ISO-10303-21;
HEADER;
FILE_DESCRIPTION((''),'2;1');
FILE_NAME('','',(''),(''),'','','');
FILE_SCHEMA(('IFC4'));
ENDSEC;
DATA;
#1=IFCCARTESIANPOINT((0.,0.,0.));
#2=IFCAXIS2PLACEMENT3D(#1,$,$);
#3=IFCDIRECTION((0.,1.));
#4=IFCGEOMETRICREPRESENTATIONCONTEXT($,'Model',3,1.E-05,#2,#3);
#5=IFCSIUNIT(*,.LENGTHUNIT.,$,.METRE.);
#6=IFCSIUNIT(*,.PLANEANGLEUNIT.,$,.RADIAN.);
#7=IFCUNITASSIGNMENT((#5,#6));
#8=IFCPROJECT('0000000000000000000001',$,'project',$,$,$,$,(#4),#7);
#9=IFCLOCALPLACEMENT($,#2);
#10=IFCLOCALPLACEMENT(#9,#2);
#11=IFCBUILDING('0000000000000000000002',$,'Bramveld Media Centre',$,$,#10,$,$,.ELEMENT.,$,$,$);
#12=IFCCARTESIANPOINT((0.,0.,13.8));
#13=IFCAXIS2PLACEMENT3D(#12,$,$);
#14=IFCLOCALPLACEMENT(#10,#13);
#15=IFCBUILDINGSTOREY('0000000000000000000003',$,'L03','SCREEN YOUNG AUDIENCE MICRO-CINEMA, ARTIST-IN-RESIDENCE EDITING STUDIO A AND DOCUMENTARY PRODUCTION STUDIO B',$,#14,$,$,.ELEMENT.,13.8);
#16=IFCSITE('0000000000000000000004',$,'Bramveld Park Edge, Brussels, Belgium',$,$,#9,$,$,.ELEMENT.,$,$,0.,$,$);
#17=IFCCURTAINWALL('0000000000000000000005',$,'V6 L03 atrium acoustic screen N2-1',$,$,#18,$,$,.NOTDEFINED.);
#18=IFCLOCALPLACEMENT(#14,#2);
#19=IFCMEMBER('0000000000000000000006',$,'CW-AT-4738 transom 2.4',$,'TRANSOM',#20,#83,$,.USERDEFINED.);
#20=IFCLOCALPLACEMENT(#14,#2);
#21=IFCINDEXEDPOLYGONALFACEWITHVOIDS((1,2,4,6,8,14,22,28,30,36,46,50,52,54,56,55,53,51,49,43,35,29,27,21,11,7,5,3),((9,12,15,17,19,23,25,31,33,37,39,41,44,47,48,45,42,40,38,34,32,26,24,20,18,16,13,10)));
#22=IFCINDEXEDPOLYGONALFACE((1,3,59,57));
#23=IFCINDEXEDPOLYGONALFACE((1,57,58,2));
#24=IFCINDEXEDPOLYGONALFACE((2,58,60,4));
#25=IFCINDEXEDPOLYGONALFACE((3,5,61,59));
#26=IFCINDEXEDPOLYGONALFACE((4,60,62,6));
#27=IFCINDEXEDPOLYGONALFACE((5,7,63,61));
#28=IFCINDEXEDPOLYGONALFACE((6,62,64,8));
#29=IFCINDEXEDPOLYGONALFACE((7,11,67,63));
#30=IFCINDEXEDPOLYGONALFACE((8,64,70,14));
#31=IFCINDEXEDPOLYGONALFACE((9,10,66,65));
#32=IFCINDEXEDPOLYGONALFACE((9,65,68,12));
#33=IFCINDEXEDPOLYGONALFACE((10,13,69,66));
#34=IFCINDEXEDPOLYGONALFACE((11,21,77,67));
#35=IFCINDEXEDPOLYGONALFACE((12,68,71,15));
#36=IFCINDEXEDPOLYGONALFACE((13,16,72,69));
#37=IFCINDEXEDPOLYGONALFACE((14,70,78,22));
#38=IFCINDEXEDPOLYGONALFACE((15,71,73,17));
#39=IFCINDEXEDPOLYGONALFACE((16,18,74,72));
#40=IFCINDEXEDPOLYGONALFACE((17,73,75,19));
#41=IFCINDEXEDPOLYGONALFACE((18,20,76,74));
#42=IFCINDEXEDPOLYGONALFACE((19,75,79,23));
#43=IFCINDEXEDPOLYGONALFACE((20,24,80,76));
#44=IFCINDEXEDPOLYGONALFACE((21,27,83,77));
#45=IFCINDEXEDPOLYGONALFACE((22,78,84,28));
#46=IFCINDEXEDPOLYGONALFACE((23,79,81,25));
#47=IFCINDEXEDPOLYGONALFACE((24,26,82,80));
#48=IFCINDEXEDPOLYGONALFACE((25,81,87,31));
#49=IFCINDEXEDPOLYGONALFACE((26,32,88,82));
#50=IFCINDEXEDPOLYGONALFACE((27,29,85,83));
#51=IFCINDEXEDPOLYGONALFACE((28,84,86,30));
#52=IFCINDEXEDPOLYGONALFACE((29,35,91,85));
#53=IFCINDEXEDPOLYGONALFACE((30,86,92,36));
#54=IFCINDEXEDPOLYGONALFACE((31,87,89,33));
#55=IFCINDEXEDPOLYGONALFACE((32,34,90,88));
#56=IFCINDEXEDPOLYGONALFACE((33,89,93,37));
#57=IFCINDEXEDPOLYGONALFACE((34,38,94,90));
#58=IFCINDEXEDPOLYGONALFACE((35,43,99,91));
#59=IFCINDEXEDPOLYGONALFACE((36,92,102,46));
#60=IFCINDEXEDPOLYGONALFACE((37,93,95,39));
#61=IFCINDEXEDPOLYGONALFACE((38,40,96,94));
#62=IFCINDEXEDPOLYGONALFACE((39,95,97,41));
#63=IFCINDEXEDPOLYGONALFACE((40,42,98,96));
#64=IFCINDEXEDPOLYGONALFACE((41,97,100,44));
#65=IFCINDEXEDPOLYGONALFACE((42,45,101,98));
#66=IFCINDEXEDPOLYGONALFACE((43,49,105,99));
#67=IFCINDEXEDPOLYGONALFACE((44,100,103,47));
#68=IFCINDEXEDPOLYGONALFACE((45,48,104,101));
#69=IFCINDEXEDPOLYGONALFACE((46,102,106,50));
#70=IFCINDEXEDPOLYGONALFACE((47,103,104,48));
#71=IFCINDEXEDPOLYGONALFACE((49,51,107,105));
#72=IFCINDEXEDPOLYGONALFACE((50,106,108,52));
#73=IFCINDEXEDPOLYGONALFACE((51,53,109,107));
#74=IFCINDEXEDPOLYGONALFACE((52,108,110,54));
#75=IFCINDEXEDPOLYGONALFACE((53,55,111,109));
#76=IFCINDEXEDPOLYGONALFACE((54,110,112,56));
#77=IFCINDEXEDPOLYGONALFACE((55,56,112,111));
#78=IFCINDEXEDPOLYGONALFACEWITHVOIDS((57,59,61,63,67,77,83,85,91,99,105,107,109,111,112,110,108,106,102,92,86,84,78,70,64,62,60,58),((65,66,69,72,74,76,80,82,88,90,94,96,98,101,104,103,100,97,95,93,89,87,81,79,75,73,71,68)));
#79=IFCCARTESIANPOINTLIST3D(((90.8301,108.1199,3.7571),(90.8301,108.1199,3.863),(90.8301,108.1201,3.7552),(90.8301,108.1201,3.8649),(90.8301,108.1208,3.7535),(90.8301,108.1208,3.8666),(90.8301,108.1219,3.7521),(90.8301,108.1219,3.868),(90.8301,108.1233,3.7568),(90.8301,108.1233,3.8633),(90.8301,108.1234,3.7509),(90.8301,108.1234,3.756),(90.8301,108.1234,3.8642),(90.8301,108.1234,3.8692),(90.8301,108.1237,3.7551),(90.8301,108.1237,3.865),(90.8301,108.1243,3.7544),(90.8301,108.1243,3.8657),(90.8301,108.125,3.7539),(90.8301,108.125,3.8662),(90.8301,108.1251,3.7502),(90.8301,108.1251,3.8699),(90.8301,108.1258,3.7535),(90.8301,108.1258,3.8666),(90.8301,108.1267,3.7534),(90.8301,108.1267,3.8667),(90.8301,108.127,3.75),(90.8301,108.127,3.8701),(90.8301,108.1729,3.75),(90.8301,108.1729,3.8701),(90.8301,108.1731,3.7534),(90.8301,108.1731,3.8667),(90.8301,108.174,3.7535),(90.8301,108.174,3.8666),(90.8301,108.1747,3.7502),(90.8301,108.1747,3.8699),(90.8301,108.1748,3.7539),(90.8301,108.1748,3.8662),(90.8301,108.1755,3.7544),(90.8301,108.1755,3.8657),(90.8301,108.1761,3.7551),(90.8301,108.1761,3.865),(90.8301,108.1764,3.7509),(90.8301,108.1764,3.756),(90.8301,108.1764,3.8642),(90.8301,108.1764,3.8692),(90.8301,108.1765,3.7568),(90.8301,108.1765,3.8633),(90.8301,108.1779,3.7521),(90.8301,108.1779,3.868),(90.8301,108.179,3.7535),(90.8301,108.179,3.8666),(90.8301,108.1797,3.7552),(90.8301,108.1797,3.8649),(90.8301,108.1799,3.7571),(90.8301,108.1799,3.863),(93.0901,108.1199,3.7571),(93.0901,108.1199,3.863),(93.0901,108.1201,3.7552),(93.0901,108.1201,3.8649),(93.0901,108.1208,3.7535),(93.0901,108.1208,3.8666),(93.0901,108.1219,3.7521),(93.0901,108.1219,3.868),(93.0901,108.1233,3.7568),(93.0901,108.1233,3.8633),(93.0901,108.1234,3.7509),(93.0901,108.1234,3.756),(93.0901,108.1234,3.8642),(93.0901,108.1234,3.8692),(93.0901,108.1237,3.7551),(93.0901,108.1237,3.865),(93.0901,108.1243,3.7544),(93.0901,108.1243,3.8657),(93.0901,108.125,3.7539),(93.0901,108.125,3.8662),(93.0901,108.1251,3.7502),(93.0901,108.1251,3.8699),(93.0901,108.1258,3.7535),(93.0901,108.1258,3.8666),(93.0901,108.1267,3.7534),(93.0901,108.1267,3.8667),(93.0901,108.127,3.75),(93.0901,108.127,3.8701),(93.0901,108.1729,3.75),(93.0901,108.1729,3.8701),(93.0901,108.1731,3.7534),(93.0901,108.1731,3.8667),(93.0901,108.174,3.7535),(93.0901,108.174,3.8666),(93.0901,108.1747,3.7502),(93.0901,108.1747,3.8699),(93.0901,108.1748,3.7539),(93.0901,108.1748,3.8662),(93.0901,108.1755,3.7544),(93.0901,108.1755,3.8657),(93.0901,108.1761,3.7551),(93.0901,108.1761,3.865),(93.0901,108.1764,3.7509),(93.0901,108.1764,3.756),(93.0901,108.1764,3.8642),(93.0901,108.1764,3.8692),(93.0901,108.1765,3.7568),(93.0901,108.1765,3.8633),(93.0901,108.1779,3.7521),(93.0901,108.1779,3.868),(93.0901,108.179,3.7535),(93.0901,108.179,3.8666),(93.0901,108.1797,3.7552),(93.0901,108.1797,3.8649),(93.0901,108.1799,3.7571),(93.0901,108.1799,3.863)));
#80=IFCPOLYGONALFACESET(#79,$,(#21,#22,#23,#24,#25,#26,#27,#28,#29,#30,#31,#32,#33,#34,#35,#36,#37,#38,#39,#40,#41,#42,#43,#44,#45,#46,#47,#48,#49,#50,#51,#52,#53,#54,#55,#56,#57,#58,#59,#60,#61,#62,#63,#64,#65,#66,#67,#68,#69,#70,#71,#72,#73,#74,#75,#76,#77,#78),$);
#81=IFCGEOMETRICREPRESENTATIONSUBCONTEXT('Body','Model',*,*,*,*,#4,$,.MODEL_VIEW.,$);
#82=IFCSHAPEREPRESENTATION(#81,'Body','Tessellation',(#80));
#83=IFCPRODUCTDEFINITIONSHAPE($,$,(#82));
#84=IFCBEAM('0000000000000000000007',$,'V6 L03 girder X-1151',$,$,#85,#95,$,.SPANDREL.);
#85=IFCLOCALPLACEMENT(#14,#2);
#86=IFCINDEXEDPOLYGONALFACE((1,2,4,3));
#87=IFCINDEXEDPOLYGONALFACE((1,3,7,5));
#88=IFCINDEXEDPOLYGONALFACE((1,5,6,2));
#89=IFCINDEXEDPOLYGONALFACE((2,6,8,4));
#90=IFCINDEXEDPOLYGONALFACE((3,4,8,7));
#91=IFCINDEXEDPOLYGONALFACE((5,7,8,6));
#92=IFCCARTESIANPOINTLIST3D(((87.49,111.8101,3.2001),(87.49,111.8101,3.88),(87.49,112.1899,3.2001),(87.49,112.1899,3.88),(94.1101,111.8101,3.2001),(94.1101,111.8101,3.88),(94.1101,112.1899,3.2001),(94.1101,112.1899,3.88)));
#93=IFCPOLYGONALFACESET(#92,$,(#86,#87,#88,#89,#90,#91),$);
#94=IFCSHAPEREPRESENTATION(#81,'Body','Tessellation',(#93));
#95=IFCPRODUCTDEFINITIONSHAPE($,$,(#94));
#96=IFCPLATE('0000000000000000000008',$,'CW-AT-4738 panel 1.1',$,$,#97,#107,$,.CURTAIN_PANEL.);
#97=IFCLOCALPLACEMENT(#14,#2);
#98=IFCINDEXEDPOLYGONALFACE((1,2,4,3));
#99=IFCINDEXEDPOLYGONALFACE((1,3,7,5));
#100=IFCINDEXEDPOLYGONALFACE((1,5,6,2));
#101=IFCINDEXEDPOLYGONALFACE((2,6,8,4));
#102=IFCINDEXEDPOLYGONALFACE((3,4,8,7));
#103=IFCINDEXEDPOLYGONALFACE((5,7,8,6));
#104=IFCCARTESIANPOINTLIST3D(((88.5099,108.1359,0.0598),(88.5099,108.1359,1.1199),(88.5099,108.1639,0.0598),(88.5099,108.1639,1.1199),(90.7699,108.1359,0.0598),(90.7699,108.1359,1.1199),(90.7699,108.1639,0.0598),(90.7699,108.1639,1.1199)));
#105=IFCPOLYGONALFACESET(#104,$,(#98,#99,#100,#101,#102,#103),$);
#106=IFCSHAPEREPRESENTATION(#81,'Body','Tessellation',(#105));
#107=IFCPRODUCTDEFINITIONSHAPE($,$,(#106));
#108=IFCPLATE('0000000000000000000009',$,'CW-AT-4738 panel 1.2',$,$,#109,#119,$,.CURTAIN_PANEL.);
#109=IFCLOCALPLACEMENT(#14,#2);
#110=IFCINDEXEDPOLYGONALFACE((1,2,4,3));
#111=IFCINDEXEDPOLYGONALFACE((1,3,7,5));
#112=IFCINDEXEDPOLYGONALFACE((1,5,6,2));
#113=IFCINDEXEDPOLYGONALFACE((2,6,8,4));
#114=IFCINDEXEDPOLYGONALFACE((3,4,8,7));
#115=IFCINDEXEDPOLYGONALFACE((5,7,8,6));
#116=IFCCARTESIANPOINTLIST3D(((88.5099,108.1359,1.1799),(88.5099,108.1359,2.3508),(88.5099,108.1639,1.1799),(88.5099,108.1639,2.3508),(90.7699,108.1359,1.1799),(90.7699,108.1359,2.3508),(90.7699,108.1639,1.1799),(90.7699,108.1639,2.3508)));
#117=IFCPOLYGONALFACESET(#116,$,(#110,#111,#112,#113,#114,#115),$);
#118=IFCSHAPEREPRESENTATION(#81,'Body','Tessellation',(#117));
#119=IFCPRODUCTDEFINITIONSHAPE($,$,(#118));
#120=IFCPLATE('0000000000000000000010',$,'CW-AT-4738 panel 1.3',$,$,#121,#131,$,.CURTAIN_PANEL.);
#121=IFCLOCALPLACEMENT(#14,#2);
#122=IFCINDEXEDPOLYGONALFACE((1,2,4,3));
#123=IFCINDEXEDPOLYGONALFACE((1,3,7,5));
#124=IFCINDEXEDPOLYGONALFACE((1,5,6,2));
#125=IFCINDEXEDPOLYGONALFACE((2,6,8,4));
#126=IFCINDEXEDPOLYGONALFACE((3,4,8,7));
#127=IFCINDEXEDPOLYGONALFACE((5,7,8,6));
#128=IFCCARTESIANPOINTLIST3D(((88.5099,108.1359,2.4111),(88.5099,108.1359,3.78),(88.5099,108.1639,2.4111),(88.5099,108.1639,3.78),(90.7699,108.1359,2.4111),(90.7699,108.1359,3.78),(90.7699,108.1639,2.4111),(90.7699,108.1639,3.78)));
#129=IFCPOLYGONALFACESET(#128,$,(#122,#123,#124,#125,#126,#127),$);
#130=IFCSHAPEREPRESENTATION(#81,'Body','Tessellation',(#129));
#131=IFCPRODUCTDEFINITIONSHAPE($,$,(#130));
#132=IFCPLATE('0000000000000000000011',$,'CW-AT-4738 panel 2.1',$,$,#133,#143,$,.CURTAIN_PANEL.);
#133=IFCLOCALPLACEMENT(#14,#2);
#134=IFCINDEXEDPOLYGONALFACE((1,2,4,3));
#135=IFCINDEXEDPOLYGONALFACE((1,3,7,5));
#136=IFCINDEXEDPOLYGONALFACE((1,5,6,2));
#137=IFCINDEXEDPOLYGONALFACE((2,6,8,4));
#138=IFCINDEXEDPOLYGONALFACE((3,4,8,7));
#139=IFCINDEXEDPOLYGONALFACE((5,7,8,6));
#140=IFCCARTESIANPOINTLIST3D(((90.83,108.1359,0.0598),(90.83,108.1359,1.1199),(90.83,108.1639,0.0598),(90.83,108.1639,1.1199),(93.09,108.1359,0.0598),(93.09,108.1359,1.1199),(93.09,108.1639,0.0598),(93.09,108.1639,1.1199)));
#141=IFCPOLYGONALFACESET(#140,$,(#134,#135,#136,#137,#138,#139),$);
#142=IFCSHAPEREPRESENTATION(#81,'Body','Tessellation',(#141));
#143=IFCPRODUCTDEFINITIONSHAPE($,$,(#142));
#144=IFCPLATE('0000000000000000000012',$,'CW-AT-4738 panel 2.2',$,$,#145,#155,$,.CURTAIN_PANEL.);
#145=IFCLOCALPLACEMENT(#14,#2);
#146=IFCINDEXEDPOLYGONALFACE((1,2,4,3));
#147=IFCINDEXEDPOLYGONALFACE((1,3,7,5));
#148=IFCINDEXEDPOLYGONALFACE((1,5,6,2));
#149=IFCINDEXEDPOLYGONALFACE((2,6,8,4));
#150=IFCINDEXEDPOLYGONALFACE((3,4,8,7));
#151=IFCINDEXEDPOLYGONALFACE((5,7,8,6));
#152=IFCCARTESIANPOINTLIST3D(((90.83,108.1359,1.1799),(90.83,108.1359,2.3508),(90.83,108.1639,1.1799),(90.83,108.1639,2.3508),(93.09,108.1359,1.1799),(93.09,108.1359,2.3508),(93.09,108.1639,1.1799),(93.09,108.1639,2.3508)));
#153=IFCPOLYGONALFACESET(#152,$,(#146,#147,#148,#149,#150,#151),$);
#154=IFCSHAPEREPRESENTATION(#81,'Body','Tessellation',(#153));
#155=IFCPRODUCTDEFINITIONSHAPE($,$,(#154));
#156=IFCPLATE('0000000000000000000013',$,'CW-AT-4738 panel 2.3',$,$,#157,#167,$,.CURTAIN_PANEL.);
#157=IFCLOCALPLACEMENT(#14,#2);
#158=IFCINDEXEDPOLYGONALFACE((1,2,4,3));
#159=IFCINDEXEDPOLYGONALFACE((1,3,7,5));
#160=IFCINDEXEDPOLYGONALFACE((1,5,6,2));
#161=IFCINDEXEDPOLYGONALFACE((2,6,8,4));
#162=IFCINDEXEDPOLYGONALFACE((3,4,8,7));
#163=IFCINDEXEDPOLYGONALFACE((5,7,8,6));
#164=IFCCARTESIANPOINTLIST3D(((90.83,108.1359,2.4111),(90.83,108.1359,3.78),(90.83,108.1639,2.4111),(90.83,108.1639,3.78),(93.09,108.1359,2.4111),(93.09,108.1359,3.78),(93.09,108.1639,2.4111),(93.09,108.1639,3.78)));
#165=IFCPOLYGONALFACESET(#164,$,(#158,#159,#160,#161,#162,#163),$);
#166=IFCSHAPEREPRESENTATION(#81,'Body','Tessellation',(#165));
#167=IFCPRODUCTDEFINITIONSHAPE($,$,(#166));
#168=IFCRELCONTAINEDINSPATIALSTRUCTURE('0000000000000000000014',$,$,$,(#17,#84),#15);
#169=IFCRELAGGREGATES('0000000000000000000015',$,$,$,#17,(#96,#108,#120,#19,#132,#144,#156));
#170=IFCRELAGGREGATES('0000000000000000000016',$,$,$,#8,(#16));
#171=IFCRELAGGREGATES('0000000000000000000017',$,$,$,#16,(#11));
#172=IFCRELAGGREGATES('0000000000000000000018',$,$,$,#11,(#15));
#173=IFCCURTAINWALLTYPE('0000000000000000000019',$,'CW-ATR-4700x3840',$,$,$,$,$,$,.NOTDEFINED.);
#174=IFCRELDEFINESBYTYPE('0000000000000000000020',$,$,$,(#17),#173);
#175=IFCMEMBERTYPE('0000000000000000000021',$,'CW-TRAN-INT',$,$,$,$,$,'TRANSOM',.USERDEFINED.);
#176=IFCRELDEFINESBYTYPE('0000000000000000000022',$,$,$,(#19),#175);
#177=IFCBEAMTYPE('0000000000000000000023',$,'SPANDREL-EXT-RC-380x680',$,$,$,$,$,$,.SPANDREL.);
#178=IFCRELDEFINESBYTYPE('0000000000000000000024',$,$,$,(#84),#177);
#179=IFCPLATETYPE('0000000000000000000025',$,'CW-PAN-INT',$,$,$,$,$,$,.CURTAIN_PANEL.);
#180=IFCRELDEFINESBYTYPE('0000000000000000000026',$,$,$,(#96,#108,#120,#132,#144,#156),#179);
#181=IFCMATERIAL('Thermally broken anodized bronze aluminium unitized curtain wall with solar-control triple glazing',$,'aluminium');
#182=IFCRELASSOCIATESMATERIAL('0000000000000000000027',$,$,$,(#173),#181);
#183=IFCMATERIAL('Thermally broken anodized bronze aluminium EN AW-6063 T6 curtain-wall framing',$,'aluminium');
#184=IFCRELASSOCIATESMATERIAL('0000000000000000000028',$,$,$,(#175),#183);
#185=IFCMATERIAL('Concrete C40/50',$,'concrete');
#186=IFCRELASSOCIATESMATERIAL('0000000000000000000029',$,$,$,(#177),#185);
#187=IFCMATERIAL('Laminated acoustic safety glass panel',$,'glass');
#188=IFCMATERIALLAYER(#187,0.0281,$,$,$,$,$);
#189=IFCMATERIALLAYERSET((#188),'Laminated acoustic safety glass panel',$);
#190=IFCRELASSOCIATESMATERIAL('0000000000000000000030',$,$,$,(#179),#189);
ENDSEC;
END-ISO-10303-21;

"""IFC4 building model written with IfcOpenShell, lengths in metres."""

from ifc_helpers import new_model, si_unit, direction, frame, origin, origin_2d, place, context, subcontext, project, spatial, rectangle, hollow_rectangle, extrude, material, layer, layer_set, material_profile, profile_set, type_object, element, aggregate, save


model = new_model("IFC4")

# Units and contexts
model_context = context("Model", 3, precision=1e-05, world=origin(), true_north=direction((0.0, 1.0)))
body_context = subcontext(model_context, "Body", "Model", "MODEL_VIEW")
ifc_project = project(units=[si_unit("LENGTHUNIT", "METRE"), si_unit("PLANEANGLEUNIT", "RADIAN")], contexts=[model_context])

# Site, building, storey
site_placement = place(None, origin())
site = spatial("IfcSite", under=ifc_project, at=site_placement, Name="Bramveld Park Edge, Brussels, Belgium", CompositionType="ELEMENT", RefElevation=0.0)
building_placement = place(site_placement, origin())
building = spatial("IfcBuilding", under=site, at=building_placement, Name="Bramveld Media Centre", CompositionType="ELEMENT")
storey_placement = place(building_placement, frame((0.0, 0.0, 13.8)))
storey = spatial("IfcBuildingStorey", under=building, at=storey_placement, Name="L03", Description="SCREEN YOUNG AUDIENCE MICRO-CINEMA, ARTIST-IN-RESIDENCE EDITING STUDIO A AND DOCUMENTARY PRODUCTION STUDIO B", CompositionType="ELEMENT", Elevation=13.8)

# Curtain wall, member
ifc_material_1 = material(Name="Thermally broken anodized bronze aluminium unitized curtain wall with solar-control triple glazing", Category="aluminium")
curtain_wall_type = type_object("IfcCurtainWallType", Name="CW-ATR-4700x3840", PredefinedType="NOTDEFINED", material=ifc_material_1)
curtain_wall_placement = place(storey_placement, origin())
curtain_wall = element("IfcCurtainWall", 1, at=curtain_wall_placement, inside=storey, type_object=curtain_wall_type, Name="V6 L03 atrium acoustic screen N2-1", PredefinedType="NOTDEFINED")
ifc_material_2 = material(Name="Thermally broken anodized bronze aluminium EN AW-6063 T6 curtain-wall framing", Category="aluminium")
ifc_material_profile_1 = material_profile(ifc_material_2, hollow_rectangle(XDim=0.0601, YDim=0.1201, WallThickness=0.0034, InnerFilletRadius=0.0034, OuterFilletRadius=0.0071, at=origin_2d()), Name="AL-TRAN 60x120")
ifc_profile_set_1 = profile_set([ifc_material_profile_1], Name="Thermally broken anodized bronze aluminium EN AW-6063 T6 curtain-wall framing")
member_type_1 = type_object("IfcMemberType", Name="CW-TRAN-INT", ElementType="TRANSOM", PredefinedType="USERDEFINED", material=ifc_profile_set_1)
member_1_placement = place(storey_placement, frame((90.8301, 108.1499, 3.8101), z_axis=(1.0, 0.0, 0.0), x_axis=(0.0, 1.0, 0.0)))
member_1 = element("IfcMember", 2, at=member_1_placement, type_object=member_type_1, Name="CW-AT-4738 transom 2.4", ObjectType="TRANSOM", PredefinedType="USERDEFINED", context=body_context, shape_type="SweptSolid", body=[
    extrude(hollow_rectangle(XDim=0.0601, YDim=0.1201, WallThickness=0.0034, InnerFilletRadius=0.0034, OuterFilletRadius=0.0071, at=origin_2d()), origin(), (0.0, 0.0, 1.0), 2.26),
])

# Beam
ifc_material_3 = material(Name="Concrete C40/50", Category="concrete")
ifc_material_profile_2 = material_profile(ifc_material_3, rectangle(XDim=0.3799, YDim=0.6799, at=origin_2d()), Name="RC 380x680")
ifc_profile_set_2 = profile_set([ifc_material_profile_2], Name="Concrete C40/50")
beam_type = type_object("IfcBeamType", Name="SPANDREL-EXT-RC-380x680", PredefinedType="SPANDREL", material=ifc_profile_set_2)
beam_placement = place(storey_placement, frame((87.49, 112.0, 3.54), z_axis=(1.0, 0.0, 0.0), x_axis=(0.0, 1.0, 0.0)))
element("IfcBeam", 3, at=beam_placement, inside=storey, type_object=beam_type, Name="V6 L03 girder X-1151", PredefinedType="SPANDREL", context=body_context, shape_type="SweptSolid", body=[
    extrude(rectangle(XDim=0.3799, YDim=0.6799, at=origin_2d()), origin(), (0.0, 0.0, 1.0), 6.6201),
])

# Plates
ifc_material_4 = material(Name="Laminated acoustic safety glass panel", Category="glass")
ifc_layer = layer(ifc_material_4, 0.0281)
ifc_layer_set = layer_set([ifc_layer], Name="Laminated acoustic safety glass panel")
plate_type = type_object("IfcPlateType", Name="CW-PAN-INT", PredefinedType="CURTAIN_PANEL", material=ifc_layer_set)
plate_1_placement = place(storey_placement, frame((89.6399, 108.1499, 0.0598), z_axis=(0.0, 0.0, 1.0), x_axis=(1.0, 0.0, 0.0)))
plate_1 = element("IfcPlate", 4, at=plate_1_placement, type_object=plate_type, Name="CW-AT-4738 panel 1.1", PredefinedType="CURTAIN_PANEL", context=body_context, shape_type="SweptSolid", body=[
    extrude(rectangle(XDim=2.26, YDim=0.0281, at=origin_2d()), origin(), (0.0, 0.0, 1.0), 1.0601),
])
plate_2_placement = place(storey_placement, frame((89.6399, 108.1499, 1.1799), z_axis=(0.0, 0.0, 1.0), x_axis=(1.0, 0.0, 0.0)))
plate_2 = element("IfcPlate", 5, at=plate_2_placement, type_object=plate_type, Name="CW-AT-4738 panel 1.2", PredefinedType="CURTAIN_PANEL", context=body_context, shape_type="SweptSolid", body=[
    extrude(rectangle(XDim=2.26, YDim=0.0281, at=origin_2d()), origin(), (0.0, 0.0, 1.0), 1.1709),
])
plate_3_placement = place(storey_placement, frame((89.6399, 108.1499, 2.4111), z_axis=(0.0, 0.0, 1.0), x_axis=(1.0, 0.0, 0.0)))
plate_3 = element("IfcPlate", 6, at=plate_3_placement, type_object=plate_type, Name="CW-AT-4738 panel 1.3", PredefinedType="CURTAIN_PANEL", context=body_context, shape_type="SweptSolid", body=[
    extrude(rectangle(XDim=2.26, YDim=0.0281, at=origin_2d()), origin(), (0.0, 0.0, 1.0), 1.3689),
])
plate_4_placement = place(storey_placement, frame((91.96, 108.1499, 0.0598), z_axis=(0.0, 0.0, 1.0), x_axis=(1.0, 0.0, 0.0)))
plate_4 = element("IfcPlate", 7, at=plate_4_placement, type_object=plate_type, Name="CW-AT-4738 panel 2.1", PredefinedType="CURTAIN_PANEL", context=body_context, shape_type="SweptSolid", body=[
    extrude(rectangle(XDim=2.26, YDim=0.0281, at=origin_2d()), origin(), (0.0, 0.0, 1.0), 1.0601),
])
plate_5_placement = place(storey_placement, frame((91.96, 108.1499, 1.1799), z_axis=(0.0, 0.0, 1.0), x_axis=(1.0, 0.0, 0.0)))
plate_5 = element("IfcPlate", 8, at=plate_5_placement, type_object=plate_type, Name="CW-AT-4738 panel 2.2", PredefinedType="CURTAIN_PANEL", context=body_context, shape_type="SweptSolid", body=[
    extrude(rectangle(XDim=2.26, YDim=0.0281, at=origin_2d()), origin(), (0.0, 0.0, 1.0), 1.1709),
])
plate_6_placement = place(storey_placement, frame((91.96, 108.1499, 2.4111), z_axis=(0.0, 0.0, 1.0), x_axis=(1.0, 0.0, 0.0)))
plate_6 = element("IfcPlate", 9, at=plate_6_placement, type_object=plate_type, Name="CW-AT-4738 panel 2.3", PredefinedType="CURTAIN_PANEL", context=body_context, shape_type="SweptSolid", body=[
    extrude(rectangle(XDim=2.26, YDim=0.0281, at=origin_2d()), origin(), (0.0, 0.0, 1.0), 1.3689),
])
aggregate(curtain_wall, [plate_1, plate_2, plate_3, member_1, plate_4, plate_5, plate_6])

save(model, "model.ifc")
